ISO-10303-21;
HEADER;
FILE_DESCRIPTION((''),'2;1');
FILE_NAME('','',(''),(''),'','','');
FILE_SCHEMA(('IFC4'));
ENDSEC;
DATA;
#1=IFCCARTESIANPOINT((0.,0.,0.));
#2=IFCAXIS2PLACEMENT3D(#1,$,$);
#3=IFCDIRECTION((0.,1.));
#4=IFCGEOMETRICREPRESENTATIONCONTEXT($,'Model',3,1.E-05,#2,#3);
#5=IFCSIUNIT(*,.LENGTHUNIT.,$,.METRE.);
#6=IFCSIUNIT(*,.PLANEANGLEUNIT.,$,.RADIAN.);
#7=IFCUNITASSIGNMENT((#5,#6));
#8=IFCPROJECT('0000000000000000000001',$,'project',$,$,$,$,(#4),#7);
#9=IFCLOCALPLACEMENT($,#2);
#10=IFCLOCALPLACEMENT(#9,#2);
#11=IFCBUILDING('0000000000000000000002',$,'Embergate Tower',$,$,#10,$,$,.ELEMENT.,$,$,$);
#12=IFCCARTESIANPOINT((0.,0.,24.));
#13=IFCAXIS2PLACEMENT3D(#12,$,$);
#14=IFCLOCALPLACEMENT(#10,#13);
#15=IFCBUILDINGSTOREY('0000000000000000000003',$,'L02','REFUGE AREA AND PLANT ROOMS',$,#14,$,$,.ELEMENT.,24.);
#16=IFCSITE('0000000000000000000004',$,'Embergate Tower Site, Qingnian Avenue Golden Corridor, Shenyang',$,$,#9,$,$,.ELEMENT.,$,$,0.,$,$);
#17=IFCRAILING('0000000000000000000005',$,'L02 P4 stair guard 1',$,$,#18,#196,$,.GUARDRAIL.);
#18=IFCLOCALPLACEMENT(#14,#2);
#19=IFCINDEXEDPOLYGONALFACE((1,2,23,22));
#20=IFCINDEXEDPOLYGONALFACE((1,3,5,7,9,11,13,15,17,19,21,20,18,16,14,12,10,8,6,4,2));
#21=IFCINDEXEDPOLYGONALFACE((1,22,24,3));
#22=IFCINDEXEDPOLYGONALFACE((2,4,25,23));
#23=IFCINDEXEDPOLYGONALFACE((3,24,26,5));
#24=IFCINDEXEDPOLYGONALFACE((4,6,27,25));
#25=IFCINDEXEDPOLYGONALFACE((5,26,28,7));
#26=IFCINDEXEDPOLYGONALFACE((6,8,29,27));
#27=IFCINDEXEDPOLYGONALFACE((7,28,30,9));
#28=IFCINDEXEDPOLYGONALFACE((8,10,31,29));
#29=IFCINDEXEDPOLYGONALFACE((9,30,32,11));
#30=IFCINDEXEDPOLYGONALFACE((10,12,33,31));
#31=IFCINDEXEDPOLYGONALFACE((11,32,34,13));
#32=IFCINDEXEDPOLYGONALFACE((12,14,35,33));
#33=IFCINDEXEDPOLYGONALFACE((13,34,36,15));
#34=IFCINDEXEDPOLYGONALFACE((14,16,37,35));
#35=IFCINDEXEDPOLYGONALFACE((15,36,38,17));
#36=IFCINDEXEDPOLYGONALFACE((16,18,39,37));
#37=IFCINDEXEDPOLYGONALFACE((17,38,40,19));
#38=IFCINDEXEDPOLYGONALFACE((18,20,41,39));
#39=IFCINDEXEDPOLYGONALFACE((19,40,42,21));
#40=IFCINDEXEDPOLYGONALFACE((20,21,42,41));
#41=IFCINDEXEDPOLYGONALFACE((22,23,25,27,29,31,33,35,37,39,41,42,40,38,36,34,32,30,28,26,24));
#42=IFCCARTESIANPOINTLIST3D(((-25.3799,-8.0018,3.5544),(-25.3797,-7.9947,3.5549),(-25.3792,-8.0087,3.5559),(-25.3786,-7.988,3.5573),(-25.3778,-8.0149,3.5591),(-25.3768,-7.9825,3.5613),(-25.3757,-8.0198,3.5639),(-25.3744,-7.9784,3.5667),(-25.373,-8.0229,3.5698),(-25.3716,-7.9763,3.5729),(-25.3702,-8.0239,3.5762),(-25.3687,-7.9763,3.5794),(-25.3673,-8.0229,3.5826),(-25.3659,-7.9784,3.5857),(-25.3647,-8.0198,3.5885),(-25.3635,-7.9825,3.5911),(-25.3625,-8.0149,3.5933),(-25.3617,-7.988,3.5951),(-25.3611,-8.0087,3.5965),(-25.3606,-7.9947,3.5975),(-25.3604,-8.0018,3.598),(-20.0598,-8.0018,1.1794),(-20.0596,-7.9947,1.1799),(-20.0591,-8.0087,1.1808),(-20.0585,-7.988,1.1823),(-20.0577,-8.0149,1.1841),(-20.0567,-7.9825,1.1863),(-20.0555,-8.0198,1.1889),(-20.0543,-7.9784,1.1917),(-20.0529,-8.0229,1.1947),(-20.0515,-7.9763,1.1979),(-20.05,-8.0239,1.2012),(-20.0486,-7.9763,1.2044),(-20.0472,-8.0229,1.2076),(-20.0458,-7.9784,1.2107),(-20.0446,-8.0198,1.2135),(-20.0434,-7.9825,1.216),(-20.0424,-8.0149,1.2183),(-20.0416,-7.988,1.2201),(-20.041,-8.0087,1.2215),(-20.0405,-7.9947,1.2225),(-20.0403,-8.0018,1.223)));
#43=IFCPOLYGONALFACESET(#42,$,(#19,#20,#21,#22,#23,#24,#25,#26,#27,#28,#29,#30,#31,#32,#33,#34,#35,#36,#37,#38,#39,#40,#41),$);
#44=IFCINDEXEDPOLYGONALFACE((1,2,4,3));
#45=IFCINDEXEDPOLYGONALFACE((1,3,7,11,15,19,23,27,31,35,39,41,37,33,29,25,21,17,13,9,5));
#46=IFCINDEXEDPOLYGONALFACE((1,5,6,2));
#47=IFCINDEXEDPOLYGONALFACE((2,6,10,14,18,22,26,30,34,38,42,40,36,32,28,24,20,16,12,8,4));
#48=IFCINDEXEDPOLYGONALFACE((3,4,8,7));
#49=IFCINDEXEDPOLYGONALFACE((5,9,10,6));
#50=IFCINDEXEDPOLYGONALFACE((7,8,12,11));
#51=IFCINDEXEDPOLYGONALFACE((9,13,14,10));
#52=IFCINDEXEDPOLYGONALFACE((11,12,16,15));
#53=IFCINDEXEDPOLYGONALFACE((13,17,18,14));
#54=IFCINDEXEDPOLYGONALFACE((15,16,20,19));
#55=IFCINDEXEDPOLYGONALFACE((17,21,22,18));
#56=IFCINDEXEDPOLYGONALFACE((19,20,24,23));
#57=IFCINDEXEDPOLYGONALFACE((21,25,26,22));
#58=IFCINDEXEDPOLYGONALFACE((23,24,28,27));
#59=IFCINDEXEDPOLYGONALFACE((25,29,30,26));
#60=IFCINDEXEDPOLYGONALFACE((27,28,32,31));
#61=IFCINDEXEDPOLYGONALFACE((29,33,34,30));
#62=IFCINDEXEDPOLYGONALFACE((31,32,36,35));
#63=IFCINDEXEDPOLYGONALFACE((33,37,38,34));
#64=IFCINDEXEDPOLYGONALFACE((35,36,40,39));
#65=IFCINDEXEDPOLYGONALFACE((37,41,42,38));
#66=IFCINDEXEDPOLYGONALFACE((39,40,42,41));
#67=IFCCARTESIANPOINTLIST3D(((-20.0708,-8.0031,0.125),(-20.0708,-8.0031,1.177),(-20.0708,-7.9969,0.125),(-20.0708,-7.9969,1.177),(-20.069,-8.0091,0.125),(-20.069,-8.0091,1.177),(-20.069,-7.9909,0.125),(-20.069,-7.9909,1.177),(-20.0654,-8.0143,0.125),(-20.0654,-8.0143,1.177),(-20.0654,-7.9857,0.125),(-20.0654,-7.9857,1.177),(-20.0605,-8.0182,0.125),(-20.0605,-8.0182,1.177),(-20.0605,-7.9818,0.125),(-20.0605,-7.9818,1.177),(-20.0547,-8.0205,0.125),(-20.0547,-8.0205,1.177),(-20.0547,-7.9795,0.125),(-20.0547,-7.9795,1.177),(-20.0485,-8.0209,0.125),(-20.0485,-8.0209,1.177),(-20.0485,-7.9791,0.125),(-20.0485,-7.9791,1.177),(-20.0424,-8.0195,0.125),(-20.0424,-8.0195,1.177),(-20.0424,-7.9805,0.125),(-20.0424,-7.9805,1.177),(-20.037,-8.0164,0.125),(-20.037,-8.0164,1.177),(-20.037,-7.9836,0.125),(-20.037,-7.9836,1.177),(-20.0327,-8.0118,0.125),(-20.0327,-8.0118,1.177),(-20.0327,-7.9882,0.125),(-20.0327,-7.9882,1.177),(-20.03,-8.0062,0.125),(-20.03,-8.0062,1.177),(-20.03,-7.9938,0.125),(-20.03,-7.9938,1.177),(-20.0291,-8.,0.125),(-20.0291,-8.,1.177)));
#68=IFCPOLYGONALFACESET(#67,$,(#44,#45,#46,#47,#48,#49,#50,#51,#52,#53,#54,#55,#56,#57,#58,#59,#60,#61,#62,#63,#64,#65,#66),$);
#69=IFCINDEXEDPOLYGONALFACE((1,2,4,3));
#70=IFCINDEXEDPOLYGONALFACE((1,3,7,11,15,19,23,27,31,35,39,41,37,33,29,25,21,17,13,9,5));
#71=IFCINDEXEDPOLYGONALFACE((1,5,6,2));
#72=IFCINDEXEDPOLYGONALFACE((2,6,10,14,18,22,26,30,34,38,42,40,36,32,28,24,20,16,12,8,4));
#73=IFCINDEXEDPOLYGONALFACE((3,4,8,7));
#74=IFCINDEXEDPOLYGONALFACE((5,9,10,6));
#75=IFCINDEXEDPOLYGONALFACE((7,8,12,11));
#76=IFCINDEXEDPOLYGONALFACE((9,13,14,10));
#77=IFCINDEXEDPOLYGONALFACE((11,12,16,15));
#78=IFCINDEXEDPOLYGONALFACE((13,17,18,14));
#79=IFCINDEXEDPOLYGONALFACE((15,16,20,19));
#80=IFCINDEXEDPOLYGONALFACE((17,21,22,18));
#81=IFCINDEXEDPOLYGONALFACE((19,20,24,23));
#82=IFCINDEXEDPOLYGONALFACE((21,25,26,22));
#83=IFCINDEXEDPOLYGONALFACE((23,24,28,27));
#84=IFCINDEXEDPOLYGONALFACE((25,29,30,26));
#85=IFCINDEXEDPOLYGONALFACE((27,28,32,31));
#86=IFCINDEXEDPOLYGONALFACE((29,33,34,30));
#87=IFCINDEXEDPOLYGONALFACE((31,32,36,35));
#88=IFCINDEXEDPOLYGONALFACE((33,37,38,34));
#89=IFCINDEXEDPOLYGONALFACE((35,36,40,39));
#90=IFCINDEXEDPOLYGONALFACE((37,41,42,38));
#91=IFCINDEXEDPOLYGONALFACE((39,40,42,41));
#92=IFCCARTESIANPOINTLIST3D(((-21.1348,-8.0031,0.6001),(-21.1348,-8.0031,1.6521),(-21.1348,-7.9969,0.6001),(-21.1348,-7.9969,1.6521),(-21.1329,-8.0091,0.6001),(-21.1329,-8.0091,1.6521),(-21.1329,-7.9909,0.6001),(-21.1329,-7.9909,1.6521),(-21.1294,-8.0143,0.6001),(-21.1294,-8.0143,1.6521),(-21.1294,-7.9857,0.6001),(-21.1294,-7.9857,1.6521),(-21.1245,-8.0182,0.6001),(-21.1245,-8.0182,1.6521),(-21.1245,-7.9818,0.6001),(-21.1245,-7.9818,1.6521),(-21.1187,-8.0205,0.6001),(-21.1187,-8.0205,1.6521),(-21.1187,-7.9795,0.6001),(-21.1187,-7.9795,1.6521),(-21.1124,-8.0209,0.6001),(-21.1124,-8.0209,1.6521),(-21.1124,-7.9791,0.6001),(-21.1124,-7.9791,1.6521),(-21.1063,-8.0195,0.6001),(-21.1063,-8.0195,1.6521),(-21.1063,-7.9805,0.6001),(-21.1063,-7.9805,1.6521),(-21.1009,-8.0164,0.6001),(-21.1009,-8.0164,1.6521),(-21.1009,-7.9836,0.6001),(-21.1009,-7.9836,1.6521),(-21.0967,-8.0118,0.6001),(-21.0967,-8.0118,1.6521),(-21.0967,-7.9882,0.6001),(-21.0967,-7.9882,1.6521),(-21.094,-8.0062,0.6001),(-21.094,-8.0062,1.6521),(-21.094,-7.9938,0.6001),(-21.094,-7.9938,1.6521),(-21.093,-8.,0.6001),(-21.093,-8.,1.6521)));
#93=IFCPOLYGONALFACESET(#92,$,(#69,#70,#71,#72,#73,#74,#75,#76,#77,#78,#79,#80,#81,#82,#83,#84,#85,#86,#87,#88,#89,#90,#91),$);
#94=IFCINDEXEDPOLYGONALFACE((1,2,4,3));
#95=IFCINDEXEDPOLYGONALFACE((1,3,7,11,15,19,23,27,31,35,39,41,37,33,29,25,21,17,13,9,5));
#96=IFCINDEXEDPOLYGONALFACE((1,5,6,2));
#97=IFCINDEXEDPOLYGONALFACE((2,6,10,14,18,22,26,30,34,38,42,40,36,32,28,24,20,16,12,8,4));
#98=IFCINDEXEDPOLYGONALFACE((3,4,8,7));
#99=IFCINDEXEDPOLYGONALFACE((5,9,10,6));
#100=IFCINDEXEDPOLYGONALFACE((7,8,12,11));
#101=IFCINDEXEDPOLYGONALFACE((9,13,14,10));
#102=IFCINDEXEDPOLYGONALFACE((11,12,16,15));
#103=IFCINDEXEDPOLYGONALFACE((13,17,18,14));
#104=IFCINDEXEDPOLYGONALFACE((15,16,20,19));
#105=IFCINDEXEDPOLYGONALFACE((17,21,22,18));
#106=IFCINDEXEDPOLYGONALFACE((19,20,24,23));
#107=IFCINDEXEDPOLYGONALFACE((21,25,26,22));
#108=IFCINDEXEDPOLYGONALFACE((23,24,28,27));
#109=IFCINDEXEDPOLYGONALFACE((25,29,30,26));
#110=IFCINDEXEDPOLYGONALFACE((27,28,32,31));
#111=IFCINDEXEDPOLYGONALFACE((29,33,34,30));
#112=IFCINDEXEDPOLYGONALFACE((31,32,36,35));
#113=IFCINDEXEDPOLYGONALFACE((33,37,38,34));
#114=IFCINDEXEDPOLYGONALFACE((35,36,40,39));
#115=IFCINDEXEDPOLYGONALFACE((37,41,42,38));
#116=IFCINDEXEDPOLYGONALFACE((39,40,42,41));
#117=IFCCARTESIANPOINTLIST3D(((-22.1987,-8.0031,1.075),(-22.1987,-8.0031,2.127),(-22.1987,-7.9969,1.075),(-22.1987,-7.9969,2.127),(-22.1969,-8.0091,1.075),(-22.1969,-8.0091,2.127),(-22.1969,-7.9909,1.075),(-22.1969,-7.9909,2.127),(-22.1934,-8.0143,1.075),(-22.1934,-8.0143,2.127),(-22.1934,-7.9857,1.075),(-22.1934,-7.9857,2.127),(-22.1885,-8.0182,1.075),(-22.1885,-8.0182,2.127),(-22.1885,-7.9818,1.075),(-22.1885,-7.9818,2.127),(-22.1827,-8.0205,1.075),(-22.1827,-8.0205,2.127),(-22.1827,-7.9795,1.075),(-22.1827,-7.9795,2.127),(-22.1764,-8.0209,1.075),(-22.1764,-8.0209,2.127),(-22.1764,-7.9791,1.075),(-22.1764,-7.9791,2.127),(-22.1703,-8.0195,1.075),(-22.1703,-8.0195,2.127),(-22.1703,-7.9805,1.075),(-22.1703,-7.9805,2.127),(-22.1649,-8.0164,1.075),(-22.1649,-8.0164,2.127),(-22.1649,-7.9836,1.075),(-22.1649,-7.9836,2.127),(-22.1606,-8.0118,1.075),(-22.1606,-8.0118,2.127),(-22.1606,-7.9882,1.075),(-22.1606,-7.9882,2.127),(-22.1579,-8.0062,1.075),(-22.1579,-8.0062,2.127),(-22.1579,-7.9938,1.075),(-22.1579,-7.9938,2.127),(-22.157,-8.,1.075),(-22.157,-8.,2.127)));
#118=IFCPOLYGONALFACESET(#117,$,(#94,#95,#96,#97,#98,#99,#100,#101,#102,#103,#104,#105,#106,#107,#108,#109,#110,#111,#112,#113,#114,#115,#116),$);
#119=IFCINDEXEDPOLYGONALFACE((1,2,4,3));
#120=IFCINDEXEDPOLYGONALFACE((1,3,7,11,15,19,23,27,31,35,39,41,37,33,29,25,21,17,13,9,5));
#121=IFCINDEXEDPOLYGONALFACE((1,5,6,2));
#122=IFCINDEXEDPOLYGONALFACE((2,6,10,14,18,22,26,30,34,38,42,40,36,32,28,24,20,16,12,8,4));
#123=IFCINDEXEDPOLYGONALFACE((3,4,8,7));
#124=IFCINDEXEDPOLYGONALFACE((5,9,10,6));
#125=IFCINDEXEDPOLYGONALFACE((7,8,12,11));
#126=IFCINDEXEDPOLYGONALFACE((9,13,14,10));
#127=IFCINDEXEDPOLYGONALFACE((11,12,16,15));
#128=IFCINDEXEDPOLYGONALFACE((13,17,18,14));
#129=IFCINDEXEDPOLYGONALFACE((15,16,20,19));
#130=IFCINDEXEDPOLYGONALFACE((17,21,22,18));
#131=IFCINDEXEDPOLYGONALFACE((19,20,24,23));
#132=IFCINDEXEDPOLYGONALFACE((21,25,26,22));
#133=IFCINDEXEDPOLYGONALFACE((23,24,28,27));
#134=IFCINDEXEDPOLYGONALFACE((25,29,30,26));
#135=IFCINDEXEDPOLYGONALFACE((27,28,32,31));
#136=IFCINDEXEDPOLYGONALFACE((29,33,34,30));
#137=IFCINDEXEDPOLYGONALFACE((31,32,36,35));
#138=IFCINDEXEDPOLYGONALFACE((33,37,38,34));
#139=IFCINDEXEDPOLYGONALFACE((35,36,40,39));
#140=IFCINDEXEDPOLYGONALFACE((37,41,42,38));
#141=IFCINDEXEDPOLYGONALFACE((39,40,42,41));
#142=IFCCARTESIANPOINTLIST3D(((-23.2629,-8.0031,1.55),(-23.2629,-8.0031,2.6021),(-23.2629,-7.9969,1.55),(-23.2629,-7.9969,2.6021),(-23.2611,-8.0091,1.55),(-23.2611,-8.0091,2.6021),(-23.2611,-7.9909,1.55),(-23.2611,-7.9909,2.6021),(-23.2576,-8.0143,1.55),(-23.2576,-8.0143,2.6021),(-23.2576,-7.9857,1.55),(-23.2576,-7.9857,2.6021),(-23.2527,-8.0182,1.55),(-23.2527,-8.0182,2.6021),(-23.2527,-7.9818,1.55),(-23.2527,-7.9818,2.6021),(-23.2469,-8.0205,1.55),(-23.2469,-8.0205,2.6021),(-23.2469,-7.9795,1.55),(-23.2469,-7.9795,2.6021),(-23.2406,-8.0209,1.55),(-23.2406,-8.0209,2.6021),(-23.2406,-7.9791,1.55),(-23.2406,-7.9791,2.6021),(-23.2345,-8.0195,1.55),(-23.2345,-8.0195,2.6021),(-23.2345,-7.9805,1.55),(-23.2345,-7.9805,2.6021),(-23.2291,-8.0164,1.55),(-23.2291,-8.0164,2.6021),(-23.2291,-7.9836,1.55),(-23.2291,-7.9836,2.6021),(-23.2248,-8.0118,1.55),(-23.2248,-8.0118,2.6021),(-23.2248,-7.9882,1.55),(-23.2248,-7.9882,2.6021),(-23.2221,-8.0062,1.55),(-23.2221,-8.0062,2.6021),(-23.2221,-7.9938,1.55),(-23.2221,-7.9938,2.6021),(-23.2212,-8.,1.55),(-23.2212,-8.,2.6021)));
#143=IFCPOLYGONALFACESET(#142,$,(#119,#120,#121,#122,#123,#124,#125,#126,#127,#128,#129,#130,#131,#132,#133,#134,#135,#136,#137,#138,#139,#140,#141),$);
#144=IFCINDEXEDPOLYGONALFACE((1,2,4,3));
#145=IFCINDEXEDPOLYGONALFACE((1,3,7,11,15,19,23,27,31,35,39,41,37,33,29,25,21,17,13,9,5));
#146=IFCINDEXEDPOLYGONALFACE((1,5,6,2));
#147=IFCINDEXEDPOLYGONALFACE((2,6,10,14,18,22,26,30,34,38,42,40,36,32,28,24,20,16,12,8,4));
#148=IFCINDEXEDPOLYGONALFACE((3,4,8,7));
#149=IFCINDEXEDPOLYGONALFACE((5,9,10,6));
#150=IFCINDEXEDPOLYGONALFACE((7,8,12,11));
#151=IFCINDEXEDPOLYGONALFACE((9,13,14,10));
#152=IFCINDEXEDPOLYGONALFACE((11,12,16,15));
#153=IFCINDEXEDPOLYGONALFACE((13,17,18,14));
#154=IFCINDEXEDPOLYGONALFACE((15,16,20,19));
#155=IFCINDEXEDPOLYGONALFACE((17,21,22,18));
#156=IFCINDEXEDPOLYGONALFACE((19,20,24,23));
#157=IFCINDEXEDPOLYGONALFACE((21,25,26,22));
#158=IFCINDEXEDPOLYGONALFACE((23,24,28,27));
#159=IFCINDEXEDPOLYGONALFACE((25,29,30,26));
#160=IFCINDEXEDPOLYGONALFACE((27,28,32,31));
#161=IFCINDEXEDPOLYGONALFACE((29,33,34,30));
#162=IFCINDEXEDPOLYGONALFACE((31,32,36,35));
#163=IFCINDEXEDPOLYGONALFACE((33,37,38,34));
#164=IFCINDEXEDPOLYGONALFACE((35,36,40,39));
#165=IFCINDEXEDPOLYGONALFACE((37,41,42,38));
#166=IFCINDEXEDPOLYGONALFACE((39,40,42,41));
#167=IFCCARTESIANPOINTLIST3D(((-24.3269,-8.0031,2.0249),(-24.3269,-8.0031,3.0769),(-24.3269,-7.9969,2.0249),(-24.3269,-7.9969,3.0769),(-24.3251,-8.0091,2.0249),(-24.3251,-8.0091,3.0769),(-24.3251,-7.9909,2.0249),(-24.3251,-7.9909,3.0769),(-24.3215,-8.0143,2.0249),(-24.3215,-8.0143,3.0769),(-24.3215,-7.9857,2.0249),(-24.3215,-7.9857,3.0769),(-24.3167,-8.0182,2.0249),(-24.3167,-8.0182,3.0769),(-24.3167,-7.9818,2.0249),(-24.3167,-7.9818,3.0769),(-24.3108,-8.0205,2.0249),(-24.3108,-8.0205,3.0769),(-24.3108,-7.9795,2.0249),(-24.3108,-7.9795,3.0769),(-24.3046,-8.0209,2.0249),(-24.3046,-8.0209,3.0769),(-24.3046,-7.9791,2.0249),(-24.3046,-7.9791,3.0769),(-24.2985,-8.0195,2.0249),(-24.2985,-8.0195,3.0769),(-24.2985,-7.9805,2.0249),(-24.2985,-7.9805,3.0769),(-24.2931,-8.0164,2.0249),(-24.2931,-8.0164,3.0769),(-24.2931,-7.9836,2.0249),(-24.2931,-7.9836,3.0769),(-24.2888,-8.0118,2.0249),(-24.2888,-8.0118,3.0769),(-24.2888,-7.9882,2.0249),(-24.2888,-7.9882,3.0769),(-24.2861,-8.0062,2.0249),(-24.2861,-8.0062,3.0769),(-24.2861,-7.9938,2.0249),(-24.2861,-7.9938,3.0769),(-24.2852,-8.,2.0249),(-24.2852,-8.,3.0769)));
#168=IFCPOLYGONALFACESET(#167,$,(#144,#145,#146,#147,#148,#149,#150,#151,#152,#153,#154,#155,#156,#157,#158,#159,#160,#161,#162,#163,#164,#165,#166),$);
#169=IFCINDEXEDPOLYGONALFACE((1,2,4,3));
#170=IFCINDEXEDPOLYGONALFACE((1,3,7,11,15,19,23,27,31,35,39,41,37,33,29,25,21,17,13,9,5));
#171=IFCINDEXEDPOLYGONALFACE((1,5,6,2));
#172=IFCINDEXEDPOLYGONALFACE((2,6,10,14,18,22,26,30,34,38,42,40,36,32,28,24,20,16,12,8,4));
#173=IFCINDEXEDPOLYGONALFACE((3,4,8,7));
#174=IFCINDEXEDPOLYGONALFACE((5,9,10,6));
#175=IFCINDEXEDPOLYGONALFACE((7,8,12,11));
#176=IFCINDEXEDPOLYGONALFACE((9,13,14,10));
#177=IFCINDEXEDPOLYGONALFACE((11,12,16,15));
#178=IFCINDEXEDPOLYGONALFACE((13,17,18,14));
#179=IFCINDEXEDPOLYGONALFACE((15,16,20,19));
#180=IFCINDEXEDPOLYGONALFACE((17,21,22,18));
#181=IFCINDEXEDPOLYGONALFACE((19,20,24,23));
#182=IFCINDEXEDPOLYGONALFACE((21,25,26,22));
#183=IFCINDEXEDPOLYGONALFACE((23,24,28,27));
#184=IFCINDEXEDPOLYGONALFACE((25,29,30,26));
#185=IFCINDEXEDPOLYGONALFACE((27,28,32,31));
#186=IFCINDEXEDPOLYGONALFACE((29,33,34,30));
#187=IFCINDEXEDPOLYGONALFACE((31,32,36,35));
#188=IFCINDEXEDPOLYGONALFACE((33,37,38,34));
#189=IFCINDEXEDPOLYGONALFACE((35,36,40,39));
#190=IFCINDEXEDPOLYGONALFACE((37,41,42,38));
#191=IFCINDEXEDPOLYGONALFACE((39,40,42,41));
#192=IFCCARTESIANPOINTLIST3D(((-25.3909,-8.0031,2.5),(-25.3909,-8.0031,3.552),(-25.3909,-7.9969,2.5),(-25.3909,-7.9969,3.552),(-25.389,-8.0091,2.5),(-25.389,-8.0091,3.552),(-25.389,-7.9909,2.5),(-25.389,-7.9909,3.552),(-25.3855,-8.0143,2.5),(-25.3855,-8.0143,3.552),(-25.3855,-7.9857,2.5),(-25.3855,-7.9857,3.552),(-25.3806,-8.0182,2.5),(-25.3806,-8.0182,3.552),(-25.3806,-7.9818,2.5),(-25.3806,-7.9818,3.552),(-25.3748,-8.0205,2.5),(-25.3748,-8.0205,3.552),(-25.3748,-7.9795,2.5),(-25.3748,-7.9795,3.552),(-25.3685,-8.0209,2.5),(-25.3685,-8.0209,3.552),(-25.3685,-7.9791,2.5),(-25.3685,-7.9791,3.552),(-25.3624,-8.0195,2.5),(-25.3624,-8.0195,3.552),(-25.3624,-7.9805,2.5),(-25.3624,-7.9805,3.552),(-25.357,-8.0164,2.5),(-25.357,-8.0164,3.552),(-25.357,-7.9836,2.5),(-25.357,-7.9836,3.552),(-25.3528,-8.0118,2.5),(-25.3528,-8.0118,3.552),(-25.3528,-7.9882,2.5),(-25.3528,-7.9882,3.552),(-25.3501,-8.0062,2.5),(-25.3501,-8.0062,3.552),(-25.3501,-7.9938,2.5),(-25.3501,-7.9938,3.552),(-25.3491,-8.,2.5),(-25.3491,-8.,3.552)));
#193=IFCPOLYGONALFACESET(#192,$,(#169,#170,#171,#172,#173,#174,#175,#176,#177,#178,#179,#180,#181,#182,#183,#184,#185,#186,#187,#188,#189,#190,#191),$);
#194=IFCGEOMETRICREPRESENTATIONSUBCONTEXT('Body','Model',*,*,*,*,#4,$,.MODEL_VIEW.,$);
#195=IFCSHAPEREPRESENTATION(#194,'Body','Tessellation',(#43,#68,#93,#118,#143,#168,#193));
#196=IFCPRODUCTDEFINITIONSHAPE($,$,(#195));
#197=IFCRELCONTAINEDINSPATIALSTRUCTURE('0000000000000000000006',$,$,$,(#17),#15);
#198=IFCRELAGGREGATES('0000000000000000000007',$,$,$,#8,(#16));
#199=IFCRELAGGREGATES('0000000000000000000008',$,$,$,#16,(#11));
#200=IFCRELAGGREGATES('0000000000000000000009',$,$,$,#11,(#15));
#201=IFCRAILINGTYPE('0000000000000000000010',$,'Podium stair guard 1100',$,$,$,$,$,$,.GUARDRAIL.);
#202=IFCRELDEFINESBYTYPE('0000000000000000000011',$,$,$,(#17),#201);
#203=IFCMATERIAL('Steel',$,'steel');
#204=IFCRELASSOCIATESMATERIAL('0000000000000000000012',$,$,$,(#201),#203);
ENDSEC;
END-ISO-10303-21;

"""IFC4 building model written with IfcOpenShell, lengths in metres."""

from ifc_helpers import new_model, si_unit, direction, frame, origin, origin_2d, place, context, subcontext, project, spatial, circle, extrude, source, transform, mapped, material, type_object, element, save


model = new_model("IFC4")

# Units and contexts
model_context = context("Model", 3, precision=1e-05, world=origin(), true_north=direction((0.0, 1.0)))
body_context = subcontext(model_context, "Body", "Model", "MODEL_VIEW")
ifc_project = project(units=[si_unit("LENGTHUNIT", "METRE"), si_unit("PLANEANGLEUNIT", "RADIAN")], contexts=[model_context])

# Site, building, storey
site_placement = place(None, origin())
site = spatial("IfcSite", under=ifc_project, at=site_placement, Name="Embergate Tower Site, Qingnian Avenue Golden Corridor, Shenyang", CompositionType="ELEMENT", RefElevation=0.0)
building_placement = place(site_placement, origin())
building = spatial("IfcBuilding", under=site, at=building_placement, Name="Embergate Tower", CompositionType="ELEMENT")
storey_placement = place(building_placement, frame((0.0, 0.0, 24.0)))
storey = spatial("IfcBuildingStorey", under=building, at=storey_placement, Name="L02", Description="REFUGE AREA AND PLANT ROOMS", CompositionType="ELEMENT", Elevation=24.0)

# Railing
ifc_material_1 = material(Name="Steel", Category="steel")
railing_type_1 = type_object("IfcRailingType", Name="Podium stair guard 1100", PredefinedType="GUARDRAIL", material=ifc_material_1)
shared_shape_1 = source(origin(), body_context, "Body", "SweptSolid", [
    extrude(circle(Radius=0.0239, at=origin_2d()), frame((0.0, 0.0, 1.0762), z_axis=(-0.91314, 0.0, 0.407646), x_axis=(0.0, -1.0, 0.0)), (0.0, 0.0, 1.0), 5.8262),
    extrude(circle(Radius=0.021, at=origin_2d()), origin(), (0.0, 0.0, 1.0), 1.052),
    extrude(circle(Radius=0.021, at=origin_2d()), frame((-1.064, 0.0, 0.4751)), (0.0, 0.0, 1.0), 1.052),
    extrude(circle(Radius=0.021, at=origin_2d()), frame((-2.1279, 0.0, 0.95)), (0.0, 0.0, 1.0), 1.052),
    extrude(circle(Radius=0.021, at=origin_2d()), frame((-3.1921, 0.0, 1.425)), (0.0, 0.0, 1.0), 1.052),
    extrude(circle(Radius=0.021, at=origin_2d()), frame((-4.2561, 0.0, 1.8999)), (0.0, 0.0, 1.0), 1.052),
    extrude(circle(Radius=0.021, at=origin_2d()), frame((-5.3201, 0.0, 2.375)), (0.0, 0.0, 1.0), 1.052),
])
railing_1_placement = place(storey_placement, frame((-20.05, -8.0, 0.125)))
element("IfcRailing", 1, at=railing_1_placement, inside=storey, type_object=railing_type_1, Name="L02 P4 stair guard 1", PredefinedType="GUARDRAIL", context=body_context, shape_type="MappedRepresentation", body=[
    mapped(shared_shape_1, transform((0.0, 0.0, 0.0))),
])

save(model, "model.ifc")
